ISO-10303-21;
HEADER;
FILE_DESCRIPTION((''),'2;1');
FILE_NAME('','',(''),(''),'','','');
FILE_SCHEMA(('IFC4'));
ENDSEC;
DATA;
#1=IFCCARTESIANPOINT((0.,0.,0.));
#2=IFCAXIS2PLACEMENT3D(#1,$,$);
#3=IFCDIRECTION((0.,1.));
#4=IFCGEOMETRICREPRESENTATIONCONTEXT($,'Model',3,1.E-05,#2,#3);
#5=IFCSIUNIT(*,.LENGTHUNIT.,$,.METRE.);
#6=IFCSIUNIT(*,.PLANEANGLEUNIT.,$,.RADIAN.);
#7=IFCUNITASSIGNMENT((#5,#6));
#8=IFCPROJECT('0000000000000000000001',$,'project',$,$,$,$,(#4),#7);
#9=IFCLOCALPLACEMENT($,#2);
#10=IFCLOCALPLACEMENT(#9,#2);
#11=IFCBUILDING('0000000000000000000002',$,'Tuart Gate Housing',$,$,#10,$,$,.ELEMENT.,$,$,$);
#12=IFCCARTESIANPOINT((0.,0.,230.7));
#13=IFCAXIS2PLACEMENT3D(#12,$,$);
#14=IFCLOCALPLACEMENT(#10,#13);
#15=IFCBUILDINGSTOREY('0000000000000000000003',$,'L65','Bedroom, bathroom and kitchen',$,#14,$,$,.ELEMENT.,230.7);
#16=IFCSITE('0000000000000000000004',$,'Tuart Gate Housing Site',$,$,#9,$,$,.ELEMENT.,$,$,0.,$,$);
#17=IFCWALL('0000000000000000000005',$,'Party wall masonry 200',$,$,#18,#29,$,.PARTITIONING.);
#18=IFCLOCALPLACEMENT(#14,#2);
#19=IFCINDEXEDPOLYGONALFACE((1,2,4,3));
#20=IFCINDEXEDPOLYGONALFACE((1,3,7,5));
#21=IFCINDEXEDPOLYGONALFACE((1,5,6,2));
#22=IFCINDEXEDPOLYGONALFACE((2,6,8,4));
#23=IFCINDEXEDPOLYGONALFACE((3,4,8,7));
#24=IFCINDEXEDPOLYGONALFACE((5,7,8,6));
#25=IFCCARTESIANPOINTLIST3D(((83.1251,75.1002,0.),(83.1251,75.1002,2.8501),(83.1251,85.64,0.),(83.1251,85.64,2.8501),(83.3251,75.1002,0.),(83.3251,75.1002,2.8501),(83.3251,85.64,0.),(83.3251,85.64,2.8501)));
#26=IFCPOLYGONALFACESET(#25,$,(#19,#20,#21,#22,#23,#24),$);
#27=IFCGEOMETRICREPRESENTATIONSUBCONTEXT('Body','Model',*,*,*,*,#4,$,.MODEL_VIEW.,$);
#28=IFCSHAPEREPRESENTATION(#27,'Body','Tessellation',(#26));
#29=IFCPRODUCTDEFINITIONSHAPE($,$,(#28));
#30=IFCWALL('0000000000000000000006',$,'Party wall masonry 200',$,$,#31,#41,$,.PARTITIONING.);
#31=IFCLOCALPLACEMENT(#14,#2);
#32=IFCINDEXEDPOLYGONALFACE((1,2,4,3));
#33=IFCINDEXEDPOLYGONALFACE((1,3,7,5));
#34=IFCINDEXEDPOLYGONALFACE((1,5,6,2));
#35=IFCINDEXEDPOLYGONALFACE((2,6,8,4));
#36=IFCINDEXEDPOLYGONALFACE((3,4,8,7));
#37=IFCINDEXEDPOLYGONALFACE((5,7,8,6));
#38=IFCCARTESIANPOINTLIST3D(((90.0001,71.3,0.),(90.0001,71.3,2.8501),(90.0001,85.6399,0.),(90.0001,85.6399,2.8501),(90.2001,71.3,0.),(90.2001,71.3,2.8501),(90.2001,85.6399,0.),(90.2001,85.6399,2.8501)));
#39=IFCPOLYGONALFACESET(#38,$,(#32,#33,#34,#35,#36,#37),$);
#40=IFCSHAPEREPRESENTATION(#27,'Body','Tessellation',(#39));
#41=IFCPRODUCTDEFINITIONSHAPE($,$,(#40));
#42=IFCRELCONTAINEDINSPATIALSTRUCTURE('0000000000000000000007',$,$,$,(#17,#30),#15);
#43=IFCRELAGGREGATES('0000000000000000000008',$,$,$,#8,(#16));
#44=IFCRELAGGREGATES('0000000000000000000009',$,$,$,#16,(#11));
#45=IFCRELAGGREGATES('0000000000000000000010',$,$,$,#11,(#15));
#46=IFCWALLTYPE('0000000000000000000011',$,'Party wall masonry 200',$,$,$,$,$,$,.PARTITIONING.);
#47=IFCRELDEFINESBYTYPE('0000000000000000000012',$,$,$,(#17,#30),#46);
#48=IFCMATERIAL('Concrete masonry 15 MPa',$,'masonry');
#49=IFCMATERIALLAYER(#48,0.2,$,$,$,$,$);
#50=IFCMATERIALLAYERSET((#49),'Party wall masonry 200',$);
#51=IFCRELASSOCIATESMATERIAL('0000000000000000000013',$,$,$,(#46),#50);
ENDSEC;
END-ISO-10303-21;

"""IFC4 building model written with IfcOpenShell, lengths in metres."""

from ifc_helpers import new_model, si_unit, direction, frame, frame_2d, origin, place, context, subcontext, project, spatial, rectangle, extrude, material, layer, layer_set, type_object, element, save


model = new_model("IFC4")

# Units and contexts
model_context = context("Model", 3, precision=1e-05, world=origin(), true_north=direction((0.0, 1.0)))
body_context = subcontext(model_context, "Body", "Model", "MODEL_VIEW")
ifc_project = project(units=[si_unit("LENGTHUNIT", "METRE"), si_unit("PLANEANGLEUNIT", "RADIAN")], contexts=[model_context])

# Site, building, storey
site_placement = place(None, origin())
site = spatial("IfcSite", under=ifc_project, at=site_placement, Name="Tuart Gate Housing Site", CompositionType="ELEMENT", RefElevation=0.0)
building_placement = place(site_placement, origin())
building = spatial("IfcBuilding", under=site, at=building_placement, Name="Tuart Gate Housing", CompositionType="ELEMENT")
storey_placement = place(building_placement, frame((0.0, 0.0, 230.7)))
storey = spatial("IfcBuildingStorey", under=building, at=storey_placement, Name="L65", Description="Bedroom, bathroom and kitchen", CompositionType="ELEMENT", Elevation=230.7)

# Walls
ifc_material_1 = material(Name="Concrete masonry 15 MPa", Category="masonry")
ifc_layer_1 = layer(ifc_material_1, 0.2)
ifc_layer_set_1 = layer_set([ifc_layer_1], Name="Party wall masonry 200")
wall_type_1 = type_object("IfcWallType", Name="Party wall masonry 200", PredefinedType="PARTITIONING", material=ifc_layer_set_1)
wall_1_placement = place(storey_placement, frame((83.2251, 75.1001, 0.0), z_axis=(0.0, 0.0, 1.0), x_axis=(0.0, 1.0, 0.0)))
element("IfcWall", 1, at=wall_1_placement, inside=storey, type_object=wall_type_1, Name="Party wall masonry 200", PredefinedType="PARTITIONING", context=body_context, shape_type="SweptSolid", body=[
    extrude(rectangle(XDim=10.5398, YDim=0.2, at=frame_2d((5.27, 0.0))), origin(), (0.0, 0.0, 1.0), 2.8501),
])
wall_2_placement = place(storey_placement, frame((90.1001, 71.3, 0.0), z_axis=(0.0, 0.0, 1.0), x_axis=(0.0, 1.0, 0.0)))
element("IfcWall", 2, at=wall_2_placement, inside=storey, type_object=wall_type_1, Name="Party wall masonry 200", PredefinedType="PARTITIONING", context=body_context, shape_type="SweptSolid", body=[
    extrude(rectangle(XDim=14.3398, YDim=0.2, at=frame_2d((7.1699, 0.0))), origin(), (0.0, 0.0, 1.0), 2.8501),
])

save(model, "model.ifc")
